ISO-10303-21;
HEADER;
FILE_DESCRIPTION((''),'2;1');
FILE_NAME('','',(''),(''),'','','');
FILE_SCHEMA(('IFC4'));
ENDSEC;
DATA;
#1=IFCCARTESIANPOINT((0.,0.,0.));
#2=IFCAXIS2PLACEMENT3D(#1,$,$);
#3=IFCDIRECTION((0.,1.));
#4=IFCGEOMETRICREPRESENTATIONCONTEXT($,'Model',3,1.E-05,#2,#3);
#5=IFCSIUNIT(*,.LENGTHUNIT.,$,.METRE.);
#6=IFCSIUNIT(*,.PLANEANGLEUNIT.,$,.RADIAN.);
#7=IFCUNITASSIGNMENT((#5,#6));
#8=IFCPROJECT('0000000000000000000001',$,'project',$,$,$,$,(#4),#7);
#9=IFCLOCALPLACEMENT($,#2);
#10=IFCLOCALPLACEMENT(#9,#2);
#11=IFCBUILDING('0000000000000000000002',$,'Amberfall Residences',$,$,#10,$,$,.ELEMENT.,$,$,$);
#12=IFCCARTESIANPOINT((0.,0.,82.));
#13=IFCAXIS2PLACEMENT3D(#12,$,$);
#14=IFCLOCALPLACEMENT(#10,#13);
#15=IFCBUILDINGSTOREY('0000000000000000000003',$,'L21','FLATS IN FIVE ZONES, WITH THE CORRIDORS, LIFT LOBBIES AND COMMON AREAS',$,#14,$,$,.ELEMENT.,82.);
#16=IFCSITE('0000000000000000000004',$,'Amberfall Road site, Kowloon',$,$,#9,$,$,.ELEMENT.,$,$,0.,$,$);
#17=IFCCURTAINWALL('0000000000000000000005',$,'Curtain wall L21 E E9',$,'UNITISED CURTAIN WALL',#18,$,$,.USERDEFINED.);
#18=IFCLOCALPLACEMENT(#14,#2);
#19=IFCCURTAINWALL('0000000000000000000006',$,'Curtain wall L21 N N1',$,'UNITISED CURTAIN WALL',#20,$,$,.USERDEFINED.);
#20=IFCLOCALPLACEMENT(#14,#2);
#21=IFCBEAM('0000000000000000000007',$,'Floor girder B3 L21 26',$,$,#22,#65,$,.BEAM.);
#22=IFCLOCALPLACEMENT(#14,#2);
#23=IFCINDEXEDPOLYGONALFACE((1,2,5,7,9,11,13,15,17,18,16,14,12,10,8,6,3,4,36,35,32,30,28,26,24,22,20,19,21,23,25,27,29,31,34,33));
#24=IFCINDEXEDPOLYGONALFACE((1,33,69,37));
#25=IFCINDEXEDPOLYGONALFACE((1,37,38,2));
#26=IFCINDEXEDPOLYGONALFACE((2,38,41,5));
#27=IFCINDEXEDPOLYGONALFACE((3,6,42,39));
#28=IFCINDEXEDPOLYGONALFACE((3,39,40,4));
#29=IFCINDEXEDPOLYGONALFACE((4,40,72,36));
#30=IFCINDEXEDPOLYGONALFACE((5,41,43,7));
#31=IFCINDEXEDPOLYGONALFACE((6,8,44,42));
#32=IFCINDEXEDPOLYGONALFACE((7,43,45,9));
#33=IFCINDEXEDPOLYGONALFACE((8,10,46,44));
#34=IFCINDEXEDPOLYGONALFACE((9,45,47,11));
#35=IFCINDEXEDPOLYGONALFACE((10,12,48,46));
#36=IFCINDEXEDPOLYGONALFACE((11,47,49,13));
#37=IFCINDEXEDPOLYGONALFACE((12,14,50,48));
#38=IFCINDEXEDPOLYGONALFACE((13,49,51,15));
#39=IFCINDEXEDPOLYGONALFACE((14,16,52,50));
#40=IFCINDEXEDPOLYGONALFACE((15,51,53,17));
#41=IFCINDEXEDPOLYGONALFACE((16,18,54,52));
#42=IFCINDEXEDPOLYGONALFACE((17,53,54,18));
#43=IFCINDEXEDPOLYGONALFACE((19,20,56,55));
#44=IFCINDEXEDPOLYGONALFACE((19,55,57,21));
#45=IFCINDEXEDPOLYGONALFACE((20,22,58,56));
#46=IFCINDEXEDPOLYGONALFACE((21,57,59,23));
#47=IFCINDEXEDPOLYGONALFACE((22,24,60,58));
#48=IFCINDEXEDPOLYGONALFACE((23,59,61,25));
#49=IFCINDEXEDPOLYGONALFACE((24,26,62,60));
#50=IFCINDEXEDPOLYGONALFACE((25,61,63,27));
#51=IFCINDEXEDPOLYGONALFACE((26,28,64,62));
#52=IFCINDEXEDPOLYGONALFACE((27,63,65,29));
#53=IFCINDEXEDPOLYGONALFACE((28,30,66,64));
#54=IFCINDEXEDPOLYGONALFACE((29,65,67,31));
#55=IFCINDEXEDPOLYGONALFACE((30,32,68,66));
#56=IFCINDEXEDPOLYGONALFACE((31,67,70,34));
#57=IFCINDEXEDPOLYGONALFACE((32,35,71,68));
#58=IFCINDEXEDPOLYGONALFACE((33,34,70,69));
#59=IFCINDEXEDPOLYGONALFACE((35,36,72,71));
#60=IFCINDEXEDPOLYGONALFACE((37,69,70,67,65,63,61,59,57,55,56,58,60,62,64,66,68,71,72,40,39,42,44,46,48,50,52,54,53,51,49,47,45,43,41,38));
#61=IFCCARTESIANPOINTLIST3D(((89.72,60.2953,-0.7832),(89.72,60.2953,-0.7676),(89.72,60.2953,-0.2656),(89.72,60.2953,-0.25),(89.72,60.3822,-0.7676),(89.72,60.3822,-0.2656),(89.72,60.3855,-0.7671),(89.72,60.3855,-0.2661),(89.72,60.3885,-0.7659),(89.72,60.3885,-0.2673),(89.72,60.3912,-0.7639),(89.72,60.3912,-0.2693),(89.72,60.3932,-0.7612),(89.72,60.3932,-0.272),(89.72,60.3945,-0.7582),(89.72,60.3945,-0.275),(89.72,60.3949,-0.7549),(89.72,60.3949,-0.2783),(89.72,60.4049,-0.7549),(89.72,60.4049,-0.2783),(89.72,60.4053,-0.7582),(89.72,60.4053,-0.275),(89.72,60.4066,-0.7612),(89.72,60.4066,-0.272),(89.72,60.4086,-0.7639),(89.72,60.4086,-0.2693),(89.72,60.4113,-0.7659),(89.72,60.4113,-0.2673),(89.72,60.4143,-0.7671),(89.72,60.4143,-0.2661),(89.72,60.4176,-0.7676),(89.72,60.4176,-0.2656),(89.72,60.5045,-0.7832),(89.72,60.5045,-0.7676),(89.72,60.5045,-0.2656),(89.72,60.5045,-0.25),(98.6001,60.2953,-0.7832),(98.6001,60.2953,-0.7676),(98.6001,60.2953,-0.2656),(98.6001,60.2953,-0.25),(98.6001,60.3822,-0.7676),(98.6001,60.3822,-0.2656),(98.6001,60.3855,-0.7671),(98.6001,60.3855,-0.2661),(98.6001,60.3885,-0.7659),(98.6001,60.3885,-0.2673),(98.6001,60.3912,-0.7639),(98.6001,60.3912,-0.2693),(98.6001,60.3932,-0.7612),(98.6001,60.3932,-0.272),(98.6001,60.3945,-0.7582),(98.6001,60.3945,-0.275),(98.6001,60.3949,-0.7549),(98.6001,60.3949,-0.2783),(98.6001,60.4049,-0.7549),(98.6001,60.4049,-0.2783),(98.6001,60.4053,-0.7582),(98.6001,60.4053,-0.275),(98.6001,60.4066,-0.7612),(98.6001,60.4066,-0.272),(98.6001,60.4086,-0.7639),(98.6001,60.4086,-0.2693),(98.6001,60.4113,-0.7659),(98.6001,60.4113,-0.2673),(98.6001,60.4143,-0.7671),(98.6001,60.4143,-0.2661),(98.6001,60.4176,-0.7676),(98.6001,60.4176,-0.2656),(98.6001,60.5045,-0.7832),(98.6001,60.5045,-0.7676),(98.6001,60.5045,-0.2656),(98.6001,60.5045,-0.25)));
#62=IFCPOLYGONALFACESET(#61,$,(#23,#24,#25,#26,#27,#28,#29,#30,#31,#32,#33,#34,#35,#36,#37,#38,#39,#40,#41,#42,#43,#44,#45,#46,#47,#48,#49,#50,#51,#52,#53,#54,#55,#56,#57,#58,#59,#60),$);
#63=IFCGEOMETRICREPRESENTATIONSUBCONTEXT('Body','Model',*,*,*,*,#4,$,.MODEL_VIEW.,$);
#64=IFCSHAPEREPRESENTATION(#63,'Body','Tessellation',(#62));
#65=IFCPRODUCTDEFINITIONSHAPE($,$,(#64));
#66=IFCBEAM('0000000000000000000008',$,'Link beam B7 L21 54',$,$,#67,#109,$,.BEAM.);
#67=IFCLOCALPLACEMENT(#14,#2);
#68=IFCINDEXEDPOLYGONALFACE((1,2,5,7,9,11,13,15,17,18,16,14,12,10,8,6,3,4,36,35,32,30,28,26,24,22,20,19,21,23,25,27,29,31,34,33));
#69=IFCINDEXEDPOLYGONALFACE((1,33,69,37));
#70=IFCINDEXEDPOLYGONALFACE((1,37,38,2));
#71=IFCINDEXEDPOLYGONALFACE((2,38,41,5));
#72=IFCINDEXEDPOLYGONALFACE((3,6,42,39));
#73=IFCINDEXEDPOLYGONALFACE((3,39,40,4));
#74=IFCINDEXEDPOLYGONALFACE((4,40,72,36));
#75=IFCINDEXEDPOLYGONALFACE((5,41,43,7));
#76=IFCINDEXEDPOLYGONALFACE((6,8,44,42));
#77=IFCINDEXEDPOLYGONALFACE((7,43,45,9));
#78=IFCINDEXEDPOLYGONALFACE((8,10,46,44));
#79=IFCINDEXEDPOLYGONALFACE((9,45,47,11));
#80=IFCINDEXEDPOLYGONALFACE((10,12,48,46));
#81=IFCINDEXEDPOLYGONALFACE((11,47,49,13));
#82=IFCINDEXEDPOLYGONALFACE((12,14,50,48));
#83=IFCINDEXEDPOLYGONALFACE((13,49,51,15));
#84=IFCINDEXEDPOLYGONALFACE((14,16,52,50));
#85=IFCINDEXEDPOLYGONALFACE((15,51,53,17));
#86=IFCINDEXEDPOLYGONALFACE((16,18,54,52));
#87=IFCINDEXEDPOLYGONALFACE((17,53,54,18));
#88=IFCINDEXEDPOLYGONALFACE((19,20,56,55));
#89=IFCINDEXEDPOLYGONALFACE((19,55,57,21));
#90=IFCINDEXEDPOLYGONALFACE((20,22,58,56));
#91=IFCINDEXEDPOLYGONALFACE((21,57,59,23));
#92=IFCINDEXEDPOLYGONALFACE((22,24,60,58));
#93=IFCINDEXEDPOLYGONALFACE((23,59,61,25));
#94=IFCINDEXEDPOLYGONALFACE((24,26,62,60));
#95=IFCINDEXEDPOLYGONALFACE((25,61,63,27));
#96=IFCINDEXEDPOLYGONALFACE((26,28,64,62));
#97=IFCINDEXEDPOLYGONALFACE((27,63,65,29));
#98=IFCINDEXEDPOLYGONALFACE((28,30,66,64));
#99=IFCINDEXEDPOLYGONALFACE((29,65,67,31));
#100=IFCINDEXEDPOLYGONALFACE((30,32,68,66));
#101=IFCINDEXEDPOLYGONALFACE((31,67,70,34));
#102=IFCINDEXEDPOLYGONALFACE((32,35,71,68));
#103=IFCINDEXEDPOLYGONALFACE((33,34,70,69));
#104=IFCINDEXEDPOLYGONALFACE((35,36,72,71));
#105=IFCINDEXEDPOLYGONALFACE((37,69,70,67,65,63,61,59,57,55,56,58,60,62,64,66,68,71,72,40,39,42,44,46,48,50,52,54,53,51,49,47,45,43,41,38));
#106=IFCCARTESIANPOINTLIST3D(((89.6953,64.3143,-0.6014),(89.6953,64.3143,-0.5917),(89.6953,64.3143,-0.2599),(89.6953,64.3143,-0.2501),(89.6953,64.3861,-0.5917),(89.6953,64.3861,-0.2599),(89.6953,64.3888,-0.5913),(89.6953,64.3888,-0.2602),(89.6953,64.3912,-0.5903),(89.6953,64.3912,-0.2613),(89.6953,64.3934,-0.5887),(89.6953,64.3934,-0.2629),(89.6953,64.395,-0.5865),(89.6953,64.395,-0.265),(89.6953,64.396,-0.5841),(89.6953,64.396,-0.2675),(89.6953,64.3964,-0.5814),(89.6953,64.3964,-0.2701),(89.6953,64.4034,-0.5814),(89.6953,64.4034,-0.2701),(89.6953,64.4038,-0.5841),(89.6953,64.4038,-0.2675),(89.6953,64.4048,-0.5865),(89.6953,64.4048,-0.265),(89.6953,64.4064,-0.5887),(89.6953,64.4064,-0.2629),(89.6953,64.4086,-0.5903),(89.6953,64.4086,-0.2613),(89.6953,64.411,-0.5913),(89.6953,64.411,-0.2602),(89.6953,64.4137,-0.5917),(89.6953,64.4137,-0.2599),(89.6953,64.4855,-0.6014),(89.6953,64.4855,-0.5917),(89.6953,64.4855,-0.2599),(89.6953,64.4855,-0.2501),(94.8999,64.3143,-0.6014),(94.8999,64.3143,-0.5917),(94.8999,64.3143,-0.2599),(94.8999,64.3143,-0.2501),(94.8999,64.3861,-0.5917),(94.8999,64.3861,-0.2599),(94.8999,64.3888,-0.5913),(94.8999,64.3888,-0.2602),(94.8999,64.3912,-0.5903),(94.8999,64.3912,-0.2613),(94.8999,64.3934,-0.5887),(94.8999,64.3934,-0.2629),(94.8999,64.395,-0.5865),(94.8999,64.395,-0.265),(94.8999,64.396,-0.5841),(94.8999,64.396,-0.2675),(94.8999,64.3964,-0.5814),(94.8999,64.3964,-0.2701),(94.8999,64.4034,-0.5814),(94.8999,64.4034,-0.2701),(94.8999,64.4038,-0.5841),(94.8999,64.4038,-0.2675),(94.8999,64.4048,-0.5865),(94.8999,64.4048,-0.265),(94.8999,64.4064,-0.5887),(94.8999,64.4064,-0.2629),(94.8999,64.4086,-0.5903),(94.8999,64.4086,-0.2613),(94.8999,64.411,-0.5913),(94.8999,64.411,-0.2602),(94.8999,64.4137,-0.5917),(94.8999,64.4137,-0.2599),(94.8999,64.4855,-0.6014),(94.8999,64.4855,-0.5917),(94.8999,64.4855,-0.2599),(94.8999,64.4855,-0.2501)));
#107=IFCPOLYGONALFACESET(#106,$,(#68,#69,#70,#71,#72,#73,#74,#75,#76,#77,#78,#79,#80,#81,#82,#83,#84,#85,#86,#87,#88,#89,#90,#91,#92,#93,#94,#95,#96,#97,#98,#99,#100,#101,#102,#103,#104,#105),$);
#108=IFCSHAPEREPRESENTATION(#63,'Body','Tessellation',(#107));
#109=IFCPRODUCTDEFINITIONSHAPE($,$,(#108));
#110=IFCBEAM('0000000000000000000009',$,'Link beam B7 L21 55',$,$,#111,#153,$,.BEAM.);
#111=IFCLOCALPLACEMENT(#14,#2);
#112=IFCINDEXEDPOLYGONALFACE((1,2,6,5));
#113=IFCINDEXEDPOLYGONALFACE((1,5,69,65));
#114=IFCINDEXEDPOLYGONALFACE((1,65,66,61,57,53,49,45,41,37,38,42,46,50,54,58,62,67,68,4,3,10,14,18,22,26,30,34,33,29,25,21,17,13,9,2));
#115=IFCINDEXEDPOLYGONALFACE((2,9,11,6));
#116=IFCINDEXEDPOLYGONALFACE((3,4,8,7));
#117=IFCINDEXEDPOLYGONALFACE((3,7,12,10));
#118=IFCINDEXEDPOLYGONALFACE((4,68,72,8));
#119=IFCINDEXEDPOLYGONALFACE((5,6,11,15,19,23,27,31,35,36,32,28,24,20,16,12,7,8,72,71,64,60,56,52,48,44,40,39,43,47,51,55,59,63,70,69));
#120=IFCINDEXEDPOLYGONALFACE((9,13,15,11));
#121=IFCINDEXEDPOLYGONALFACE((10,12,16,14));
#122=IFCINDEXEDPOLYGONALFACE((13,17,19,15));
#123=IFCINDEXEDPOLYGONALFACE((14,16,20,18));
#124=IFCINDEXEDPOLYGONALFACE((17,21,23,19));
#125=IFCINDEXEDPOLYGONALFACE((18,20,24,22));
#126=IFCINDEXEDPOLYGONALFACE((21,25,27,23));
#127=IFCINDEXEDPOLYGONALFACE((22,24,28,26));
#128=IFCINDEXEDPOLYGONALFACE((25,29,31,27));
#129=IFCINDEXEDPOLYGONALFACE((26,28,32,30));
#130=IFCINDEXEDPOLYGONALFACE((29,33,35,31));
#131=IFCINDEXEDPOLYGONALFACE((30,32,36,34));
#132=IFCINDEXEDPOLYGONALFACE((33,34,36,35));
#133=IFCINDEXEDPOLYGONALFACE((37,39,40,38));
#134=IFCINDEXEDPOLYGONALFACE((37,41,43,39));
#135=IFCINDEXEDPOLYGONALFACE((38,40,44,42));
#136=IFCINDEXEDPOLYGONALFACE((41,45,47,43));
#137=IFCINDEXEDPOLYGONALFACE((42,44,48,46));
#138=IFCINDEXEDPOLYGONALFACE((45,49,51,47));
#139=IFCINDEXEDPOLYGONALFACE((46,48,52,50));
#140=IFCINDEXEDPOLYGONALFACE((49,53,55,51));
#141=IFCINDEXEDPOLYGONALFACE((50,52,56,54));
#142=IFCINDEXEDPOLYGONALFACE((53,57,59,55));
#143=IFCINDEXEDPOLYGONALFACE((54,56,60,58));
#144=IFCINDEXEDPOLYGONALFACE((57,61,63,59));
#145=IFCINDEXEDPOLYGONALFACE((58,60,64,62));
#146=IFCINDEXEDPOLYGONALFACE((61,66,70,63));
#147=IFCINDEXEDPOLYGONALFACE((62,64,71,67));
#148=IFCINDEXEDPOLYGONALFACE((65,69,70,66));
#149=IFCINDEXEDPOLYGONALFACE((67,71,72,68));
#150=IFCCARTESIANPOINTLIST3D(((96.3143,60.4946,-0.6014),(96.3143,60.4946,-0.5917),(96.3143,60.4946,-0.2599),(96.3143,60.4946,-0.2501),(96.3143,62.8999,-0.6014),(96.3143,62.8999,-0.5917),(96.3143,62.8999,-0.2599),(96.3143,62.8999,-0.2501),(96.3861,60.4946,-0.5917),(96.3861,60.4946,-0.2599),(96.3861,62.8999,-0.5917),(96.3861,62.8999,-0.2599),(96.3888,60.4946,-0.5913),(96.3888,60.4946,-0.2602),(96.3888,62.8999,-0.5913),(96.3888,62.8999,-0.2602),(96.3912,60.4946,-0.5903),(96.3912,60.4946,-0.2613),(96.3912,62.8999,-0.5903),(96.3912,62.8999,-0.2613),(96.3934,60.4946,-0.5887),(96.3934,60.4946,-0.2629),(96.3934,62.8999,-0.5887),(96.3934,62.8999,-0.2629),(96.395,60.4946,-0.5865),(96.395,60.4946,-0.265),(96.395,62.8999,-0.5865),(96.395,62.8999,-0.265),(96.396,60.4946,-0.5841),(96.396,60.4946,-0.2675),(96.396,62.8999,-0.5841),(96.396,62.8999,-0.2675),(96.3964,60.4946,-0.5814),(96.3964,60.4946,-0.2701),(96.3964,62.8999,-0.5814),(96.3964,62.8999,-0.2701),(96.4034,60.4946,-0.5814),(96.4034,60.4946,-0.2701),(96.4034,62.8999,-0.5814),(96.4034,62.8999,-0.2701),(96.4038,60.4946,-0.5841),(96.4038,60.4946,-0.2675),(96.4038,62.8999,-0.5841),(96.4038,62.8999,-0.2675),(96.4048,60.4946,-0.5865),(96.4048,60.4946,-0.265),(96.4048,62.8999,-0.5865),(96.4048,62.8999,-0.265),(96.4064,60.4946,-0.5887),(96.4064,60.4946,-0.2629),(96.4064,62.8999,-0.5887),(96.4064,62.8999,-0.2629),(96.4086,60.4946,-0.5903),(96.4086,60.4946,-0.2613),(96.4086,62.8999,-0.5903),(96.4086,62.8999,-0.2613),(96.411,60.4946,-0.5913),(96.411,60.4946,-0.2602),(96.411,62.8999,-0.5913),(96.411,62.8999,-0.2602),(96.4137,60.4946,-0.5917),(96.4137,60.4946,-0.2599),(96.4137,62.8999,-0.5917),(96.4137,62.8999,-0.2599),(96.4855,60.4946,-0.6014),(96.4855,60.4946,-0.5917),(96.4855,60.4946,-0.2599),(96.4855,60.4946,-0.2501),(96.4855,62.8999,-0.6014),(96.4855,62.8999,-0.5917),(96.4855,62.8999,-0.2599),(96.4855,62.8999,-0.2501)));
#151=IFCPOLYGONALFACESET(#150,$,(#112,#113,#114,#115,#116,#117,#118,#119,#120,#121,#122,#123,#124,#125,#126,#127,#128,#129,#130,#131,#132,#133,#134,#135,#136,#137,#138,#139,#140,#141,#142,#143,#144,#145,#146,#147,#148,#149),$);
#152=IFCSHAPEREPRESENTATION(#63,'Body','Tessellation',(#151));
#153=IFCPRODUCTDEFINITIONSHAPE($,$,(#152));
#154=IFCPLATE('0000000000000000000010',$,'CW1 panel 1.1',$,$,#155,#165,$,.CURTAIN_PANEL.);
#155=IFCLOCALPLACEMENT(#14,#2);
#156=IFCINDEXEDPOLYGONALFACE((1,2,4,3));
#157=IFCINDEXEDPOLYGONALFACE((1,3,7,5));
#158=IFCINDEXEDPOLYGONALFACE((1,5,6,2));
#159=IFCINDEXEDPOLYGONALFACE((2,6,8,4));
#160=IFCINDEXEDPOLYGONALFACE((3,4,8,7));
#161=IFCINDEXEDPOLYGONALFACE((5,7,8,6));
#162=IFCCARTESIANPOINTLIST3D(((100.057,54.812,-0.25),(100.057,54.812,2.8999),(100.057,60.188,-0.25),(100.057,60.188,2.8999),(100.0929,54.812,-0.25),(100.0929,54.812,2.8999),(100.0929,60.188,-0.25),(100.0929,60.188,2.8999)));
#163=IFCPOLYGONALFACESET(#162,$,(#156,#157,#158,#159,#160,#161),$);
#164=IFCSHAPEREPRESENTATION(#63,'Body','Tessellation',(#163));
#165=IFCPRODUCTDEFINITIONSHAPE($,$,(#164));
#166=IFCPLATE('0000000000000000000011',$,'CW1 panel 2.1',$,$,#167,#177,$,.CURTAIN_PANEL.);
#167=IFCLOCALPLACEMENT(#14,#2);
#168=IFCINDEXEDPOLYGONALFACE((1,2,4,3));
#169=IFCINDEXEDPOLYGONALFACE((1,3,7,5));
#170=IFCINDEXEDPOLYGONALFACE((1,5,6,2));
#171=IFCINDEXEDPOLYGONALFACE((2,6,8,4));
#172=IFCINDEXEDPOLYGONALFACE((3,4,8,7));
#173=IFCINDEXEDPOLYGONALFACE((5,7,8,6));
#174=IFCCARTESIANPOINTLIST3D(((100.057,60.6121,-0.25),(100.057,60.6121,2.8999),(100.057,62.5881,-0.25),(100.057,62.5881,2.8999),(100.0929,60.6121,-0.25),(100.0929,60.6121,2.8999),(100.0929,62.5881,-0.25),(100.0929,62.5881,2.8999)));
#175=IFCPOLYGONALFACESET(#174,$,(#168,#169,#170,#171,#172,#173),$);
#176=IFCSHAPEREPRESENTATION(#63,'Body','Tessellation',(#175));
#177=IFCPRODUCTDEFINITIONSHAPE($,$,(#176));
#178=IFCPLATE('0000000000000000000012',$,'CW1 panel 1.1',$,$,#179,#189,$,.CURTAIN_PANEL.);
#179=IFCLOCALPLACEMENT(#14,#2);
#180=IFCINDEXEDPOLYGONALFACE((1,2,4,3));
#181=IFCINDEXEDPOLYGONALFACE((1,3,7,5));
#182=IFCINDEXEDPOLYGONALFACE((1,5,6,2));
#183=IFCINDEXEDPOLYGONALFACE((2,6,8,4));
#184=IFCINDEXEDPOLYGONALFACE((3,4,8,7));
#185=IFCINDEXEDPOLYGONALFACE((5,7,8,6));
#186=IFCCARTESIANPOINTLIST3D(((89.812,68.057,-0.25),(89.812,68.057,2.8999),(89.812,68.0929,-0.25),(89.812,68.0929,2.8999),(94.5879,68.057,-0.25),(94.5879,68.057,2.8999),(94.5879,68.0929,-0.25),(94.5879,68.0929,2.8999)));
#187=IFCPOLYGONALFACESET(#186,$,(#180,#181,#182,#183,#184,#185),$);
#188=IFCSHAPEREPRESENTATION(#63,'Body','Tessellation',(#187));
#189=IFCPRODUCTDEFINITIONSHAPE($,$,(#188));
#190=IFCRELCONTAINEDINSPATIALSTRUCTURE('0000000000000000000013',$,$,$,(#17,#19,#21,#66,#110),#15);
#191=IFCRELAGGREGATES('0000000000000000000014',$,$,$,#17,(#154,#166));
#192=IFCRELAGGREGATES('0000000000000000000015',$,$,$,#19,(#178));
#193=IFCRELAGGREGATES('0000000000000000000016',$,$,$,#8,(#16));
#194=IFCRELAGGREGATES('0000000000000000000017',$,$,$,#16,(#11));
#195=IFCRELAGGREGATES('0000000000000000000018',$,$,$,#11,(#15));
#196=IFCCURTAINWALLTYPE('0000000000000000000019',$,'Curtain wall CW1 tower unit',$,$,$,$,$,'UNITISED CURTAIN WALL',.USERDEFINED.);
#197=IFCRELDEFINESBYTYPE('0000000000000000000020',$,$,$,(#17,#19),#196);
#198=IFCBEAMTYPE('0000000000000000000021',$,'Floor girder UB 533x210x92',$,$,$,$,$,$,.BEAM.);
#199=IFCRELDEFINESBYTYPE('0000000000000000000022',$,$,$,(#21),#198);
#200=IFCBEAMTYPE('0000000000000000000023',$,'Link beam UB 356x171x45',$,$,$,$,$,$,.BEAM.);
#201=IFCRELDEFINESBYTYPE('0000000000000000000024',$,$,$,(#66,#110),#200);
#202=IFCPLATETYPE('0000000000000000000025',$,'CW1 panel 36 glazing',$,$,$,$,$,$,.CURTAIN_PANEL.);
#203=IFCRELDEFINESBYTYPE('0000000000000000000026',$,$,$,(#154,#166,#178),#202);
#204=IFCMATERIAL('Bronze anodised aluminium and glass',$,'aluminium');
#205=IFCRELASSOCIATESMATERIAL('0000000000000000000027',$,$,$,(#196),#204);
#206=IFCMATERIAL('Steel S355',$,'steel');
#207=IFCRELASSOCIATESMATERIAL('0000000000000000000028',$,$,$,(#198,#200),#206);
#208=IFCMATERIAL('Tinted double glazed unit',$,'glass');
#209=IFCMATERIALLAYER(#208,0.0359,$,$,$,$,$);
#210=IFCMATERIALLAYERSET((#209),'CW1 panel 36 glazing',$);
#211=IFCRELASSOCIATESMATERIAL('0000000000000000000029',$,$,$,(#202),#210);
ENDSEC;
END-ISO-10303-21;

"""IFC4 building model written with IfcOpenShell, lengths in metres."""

from ifc_helpers import new_model, si_unit, direction, frame, origin, origin_2d, place, context, subcontext, project, spatial, rectangle, i_section, extrude, material, layer, layer_set, material_profile, profile_set, type_object, element, aggregate, save


model = new_model("IFC4")

# Units and contexts
model_context = context("Model", 3, precision=1e-05, world=origin(), true_north=direction((0.0, 1.0)))
body_context = subcontext(model_context, "Body", "Model", "MODEL_VIEW")
ifc_project = project(units=[si_unit("LENGTHUNIT", "METRE"), si_unit("PLANEANGLEUNIT", "RADIAN")], contexts=[model_context])

# Site, building, storey
site_placement = place(None, origin())
site = spatial("IfcSite", under=ifc_project, at=site_placement, Name="Amberfall Road site, Kowloon", CompositionType="ELEMENT", RefElevation=0.0)
building_placement = place(site_placement, origin())
building = spatial("IfcBuilding", under=site, at=building_placement, Name="Amberfall Residences", CompositionType="ELEMENT")
storey_placement = place(building_placement, frame((0.0, 0.0, 82.0)))
storey = spatial("IfcBuildingStorey", under=building, at=storey_placement, Name="L21", Description="FLATS IN FIVE ZONES, WITH THE CORRIDORS, LIFT LOBBIES AND COMMON AREAS", CompositionType="ELEMENT", Elevation=82.0)

# Curtain walls
ifc_material_1 = material(Name="Bronze anodised aluminium and glass", Category="aluminium")
curtain_wall_type = type_object("IfcCurtainWallType", Name="Curtain wall CW1 tower unit", ElementType="UNITISED CURTAIN WALL", PredefinedType="USERDEFINED", material=ifc_material_1)
curtain_wall_1_placement = place(storey_placement, origin())
curtain_wall_1 = element("IfcCurtainWall", 1, at=curtain_wall_1_placement, inside=storey, type_object=curtain_wall_type, Name="Curtain wall L21 E E9", ObjectType="UNITISED CURTAIN WALL", PredefinedType="USERDEFINED")
curtain_wall_2_placement = place(storey_placement, origin())
curtain_wall_2 = element("IfcCurtainWall", 2, at=curtain_wall_2_placement, inside=storey, type_object=curtain_wall_type, Name="Curtain wall L21 N N1", ObjectType="UNITISED CURTAIN WALL", PredefinedType="USERDEFINED")

# Beams
ifc_material_2 = material(Name="Steel S355", Category="steel")
ifc_material_profile_1 = material_profile(ifc_material_2, i_section(OverallWidth=0.2092, OverallDepth=0.5332, WebThickness=0.01, FlangeThickness=0.0156, FilletRadius=0.0127, at=origin_2d()), Name="UB 533x210x92")
ifc_profile_set_1 = profile_set([ifc_material_profile_1], Name="Steel S355")
beam_type_1 = type_object("IfcBeamType", Name="Floor girder UB 533x210x92", PredefinedType="BEAM", material=ifc_profile_set_1)
beam_1_placement = place(storey_placement, frame((98.6001, 60.3999, -0.5166), z_axis=(-1.0, 0.0, 0.0), x_axis=(0.0, -1.0, 0.0)))
element("IfcBeam", 3, at=beam_1_placement, inside=storey, type_object=beam_type_1, Name="Floor girder B3 L21 26", PredefinedType="BEAM", context=body_context, shape_type="SweptSolid", body=[
    extrude(i_section(OverallWidth=0.2092, OverallDepth=0.5332, WebThickness=0.01, FlangeThickness=0.0156, FilletRadius=0.0127, at=origin_2d()), origin(), (0.0, 0.0, 1.0), 8.8801),
])
ifc_material_profile_2 = material_profile(ifc_material_2, i_section(OverallWidth=0.1711, OverallDepth=0.3513, WebThickness=0.0071, FlangeThickness=0.0098, FilletRadius=0.0103, at=origin_2d()), Name="UB 356x171x45")
ifc_profile_set_2 = profile_set([ifc_material_profile_2], Name="Steel S355")
beam_type_2 = type_object("IfcBeamType", Name="Link beam UB 356x171x45", PredefinedType="BEAM", material=ifc_profile_set_2)
beam_2_placement = place(storey_placement, frame((94.8999, 64.3999, -0.4258), z_axis=(-1.0, 0.0, 0.0), x_axis=(0.0, -1.0, 0.0)))
element("IfcBeam", 4, at=beam_2_placement, inside=storey, type_object=beam_type_2, Name="Link beam B7 L21 54", PredefinedType="BEAM", context=body_context, shape_type="SweptSolid", body=[
    extrude(i_section(OverallWidth=0.1711, OverallDepth=0.3513, WebThickness=0.0071, FlangeThickness=0.0098, FilletRadius=0.0103, at=origin_2d()), origin(), (0.0, 0.0, 1.0), 5.2046),
])
beam_3_placement = place(storey_placement, frame((96.3999, 62.8999, -0.4258), z_axis=(0.0, -1.0, 0.0), x_axis=(1.0, 0.0, 0.0)))
element("IfcBeam", 5, at=beam_3_placement, inside=storey, type_object=beam_type_2, Name="Link beam B7 L21 55", PredefinedType="BEAM", context=body_context, shape_type="SweptSolid", body=[
    extrude(i_section(OverallWidth=0.1711, OverallDepth=0.3513, WebThickness=0.0071, FlangeThickness=0.0098, FilletRadius=0.0103, at=origin_2d()), origin(), (0.0, 0.0, 1.0), 2.4053),
])

# Plates
ifc_material_3 = material(Name="Tinted double glazed unit", Category="glass")
ifc_layer_1 = layer(ifc_material_3, 0.0359)
ifc_layer_set_1 = layer_set([ifc_layer_1], Name="CW1 panel 36 glazing")
plate_type = type_object("IfcPlateType", Name="CW1 panel 36 glazing", PredefinedType="CURTAIN_PANEL", material=ifc_layer_set_1)
plate_1_placement = place(storey_placement, frame((100.075, 57.5, -0.25), z_axis=(0.0, 0.0, 1.0), x_axis=(0.0, 1.0, 0.0)))
plate_1 = element("IfcPlate", 6, at=plate_1_placement, type_object=plate_type, Name="CW1 panel 1.1", PredefinedType="CURTAIN_PANEL", context=body_context, shape_type="SweptSolid", body=[
    extrude(rectangle(XDim=5.376, YDim=0.0359, at=origin_2d()), origin(), (0.0, 0.0, 1.0), 3.1499),
])
plate_2_placement = place(storey_placement, frame((100.075, 61.6001, -0.25), z_axis=(0.0, 0.0, 1.0), x_axis=(0.0, 1.0, 0.0)))
plate_2 = element("IfcPlate", 7, at=plate_2_placement, type_object=plate_type, Name="CW1 panel 2.1", PredefinedType="CURTAIN_PANEL", context=body_context, shape_type="SweptSolid", body=[
    extrude(rectangle(XDim=1.9761, YDim=0.0359, at=origin_2d()), origin(), (0.0, 0.0, 1.0), 3.1499),
])
aggregate(curtain_wall_1, [plate_1, plate_2])
plate_3_placement = place(storey_placement, frame((92.2, 68.075, -0.25), z_axis=(0.0, 0.0, 1.0), x_axis=(-1.0, 0.0, 0.0)))
plate_3 = element("IfcPlate", 8, at=plate_3_placement, type_object=plate_type, Name="CW1 panel 1.1", PredefinedType="CURTAIN_PANEL", context=body_context, shape_type="SweptSolid", body=[
    extrude(rectangle(XDim=4.7759, YDim=0.0359, at=origin_2d()), origin(), (0.0, 0.0, 1.0), 3.1499),
])
aggregate(curtain_wall_2, [plate_3])

save(model, "model.ifc")
